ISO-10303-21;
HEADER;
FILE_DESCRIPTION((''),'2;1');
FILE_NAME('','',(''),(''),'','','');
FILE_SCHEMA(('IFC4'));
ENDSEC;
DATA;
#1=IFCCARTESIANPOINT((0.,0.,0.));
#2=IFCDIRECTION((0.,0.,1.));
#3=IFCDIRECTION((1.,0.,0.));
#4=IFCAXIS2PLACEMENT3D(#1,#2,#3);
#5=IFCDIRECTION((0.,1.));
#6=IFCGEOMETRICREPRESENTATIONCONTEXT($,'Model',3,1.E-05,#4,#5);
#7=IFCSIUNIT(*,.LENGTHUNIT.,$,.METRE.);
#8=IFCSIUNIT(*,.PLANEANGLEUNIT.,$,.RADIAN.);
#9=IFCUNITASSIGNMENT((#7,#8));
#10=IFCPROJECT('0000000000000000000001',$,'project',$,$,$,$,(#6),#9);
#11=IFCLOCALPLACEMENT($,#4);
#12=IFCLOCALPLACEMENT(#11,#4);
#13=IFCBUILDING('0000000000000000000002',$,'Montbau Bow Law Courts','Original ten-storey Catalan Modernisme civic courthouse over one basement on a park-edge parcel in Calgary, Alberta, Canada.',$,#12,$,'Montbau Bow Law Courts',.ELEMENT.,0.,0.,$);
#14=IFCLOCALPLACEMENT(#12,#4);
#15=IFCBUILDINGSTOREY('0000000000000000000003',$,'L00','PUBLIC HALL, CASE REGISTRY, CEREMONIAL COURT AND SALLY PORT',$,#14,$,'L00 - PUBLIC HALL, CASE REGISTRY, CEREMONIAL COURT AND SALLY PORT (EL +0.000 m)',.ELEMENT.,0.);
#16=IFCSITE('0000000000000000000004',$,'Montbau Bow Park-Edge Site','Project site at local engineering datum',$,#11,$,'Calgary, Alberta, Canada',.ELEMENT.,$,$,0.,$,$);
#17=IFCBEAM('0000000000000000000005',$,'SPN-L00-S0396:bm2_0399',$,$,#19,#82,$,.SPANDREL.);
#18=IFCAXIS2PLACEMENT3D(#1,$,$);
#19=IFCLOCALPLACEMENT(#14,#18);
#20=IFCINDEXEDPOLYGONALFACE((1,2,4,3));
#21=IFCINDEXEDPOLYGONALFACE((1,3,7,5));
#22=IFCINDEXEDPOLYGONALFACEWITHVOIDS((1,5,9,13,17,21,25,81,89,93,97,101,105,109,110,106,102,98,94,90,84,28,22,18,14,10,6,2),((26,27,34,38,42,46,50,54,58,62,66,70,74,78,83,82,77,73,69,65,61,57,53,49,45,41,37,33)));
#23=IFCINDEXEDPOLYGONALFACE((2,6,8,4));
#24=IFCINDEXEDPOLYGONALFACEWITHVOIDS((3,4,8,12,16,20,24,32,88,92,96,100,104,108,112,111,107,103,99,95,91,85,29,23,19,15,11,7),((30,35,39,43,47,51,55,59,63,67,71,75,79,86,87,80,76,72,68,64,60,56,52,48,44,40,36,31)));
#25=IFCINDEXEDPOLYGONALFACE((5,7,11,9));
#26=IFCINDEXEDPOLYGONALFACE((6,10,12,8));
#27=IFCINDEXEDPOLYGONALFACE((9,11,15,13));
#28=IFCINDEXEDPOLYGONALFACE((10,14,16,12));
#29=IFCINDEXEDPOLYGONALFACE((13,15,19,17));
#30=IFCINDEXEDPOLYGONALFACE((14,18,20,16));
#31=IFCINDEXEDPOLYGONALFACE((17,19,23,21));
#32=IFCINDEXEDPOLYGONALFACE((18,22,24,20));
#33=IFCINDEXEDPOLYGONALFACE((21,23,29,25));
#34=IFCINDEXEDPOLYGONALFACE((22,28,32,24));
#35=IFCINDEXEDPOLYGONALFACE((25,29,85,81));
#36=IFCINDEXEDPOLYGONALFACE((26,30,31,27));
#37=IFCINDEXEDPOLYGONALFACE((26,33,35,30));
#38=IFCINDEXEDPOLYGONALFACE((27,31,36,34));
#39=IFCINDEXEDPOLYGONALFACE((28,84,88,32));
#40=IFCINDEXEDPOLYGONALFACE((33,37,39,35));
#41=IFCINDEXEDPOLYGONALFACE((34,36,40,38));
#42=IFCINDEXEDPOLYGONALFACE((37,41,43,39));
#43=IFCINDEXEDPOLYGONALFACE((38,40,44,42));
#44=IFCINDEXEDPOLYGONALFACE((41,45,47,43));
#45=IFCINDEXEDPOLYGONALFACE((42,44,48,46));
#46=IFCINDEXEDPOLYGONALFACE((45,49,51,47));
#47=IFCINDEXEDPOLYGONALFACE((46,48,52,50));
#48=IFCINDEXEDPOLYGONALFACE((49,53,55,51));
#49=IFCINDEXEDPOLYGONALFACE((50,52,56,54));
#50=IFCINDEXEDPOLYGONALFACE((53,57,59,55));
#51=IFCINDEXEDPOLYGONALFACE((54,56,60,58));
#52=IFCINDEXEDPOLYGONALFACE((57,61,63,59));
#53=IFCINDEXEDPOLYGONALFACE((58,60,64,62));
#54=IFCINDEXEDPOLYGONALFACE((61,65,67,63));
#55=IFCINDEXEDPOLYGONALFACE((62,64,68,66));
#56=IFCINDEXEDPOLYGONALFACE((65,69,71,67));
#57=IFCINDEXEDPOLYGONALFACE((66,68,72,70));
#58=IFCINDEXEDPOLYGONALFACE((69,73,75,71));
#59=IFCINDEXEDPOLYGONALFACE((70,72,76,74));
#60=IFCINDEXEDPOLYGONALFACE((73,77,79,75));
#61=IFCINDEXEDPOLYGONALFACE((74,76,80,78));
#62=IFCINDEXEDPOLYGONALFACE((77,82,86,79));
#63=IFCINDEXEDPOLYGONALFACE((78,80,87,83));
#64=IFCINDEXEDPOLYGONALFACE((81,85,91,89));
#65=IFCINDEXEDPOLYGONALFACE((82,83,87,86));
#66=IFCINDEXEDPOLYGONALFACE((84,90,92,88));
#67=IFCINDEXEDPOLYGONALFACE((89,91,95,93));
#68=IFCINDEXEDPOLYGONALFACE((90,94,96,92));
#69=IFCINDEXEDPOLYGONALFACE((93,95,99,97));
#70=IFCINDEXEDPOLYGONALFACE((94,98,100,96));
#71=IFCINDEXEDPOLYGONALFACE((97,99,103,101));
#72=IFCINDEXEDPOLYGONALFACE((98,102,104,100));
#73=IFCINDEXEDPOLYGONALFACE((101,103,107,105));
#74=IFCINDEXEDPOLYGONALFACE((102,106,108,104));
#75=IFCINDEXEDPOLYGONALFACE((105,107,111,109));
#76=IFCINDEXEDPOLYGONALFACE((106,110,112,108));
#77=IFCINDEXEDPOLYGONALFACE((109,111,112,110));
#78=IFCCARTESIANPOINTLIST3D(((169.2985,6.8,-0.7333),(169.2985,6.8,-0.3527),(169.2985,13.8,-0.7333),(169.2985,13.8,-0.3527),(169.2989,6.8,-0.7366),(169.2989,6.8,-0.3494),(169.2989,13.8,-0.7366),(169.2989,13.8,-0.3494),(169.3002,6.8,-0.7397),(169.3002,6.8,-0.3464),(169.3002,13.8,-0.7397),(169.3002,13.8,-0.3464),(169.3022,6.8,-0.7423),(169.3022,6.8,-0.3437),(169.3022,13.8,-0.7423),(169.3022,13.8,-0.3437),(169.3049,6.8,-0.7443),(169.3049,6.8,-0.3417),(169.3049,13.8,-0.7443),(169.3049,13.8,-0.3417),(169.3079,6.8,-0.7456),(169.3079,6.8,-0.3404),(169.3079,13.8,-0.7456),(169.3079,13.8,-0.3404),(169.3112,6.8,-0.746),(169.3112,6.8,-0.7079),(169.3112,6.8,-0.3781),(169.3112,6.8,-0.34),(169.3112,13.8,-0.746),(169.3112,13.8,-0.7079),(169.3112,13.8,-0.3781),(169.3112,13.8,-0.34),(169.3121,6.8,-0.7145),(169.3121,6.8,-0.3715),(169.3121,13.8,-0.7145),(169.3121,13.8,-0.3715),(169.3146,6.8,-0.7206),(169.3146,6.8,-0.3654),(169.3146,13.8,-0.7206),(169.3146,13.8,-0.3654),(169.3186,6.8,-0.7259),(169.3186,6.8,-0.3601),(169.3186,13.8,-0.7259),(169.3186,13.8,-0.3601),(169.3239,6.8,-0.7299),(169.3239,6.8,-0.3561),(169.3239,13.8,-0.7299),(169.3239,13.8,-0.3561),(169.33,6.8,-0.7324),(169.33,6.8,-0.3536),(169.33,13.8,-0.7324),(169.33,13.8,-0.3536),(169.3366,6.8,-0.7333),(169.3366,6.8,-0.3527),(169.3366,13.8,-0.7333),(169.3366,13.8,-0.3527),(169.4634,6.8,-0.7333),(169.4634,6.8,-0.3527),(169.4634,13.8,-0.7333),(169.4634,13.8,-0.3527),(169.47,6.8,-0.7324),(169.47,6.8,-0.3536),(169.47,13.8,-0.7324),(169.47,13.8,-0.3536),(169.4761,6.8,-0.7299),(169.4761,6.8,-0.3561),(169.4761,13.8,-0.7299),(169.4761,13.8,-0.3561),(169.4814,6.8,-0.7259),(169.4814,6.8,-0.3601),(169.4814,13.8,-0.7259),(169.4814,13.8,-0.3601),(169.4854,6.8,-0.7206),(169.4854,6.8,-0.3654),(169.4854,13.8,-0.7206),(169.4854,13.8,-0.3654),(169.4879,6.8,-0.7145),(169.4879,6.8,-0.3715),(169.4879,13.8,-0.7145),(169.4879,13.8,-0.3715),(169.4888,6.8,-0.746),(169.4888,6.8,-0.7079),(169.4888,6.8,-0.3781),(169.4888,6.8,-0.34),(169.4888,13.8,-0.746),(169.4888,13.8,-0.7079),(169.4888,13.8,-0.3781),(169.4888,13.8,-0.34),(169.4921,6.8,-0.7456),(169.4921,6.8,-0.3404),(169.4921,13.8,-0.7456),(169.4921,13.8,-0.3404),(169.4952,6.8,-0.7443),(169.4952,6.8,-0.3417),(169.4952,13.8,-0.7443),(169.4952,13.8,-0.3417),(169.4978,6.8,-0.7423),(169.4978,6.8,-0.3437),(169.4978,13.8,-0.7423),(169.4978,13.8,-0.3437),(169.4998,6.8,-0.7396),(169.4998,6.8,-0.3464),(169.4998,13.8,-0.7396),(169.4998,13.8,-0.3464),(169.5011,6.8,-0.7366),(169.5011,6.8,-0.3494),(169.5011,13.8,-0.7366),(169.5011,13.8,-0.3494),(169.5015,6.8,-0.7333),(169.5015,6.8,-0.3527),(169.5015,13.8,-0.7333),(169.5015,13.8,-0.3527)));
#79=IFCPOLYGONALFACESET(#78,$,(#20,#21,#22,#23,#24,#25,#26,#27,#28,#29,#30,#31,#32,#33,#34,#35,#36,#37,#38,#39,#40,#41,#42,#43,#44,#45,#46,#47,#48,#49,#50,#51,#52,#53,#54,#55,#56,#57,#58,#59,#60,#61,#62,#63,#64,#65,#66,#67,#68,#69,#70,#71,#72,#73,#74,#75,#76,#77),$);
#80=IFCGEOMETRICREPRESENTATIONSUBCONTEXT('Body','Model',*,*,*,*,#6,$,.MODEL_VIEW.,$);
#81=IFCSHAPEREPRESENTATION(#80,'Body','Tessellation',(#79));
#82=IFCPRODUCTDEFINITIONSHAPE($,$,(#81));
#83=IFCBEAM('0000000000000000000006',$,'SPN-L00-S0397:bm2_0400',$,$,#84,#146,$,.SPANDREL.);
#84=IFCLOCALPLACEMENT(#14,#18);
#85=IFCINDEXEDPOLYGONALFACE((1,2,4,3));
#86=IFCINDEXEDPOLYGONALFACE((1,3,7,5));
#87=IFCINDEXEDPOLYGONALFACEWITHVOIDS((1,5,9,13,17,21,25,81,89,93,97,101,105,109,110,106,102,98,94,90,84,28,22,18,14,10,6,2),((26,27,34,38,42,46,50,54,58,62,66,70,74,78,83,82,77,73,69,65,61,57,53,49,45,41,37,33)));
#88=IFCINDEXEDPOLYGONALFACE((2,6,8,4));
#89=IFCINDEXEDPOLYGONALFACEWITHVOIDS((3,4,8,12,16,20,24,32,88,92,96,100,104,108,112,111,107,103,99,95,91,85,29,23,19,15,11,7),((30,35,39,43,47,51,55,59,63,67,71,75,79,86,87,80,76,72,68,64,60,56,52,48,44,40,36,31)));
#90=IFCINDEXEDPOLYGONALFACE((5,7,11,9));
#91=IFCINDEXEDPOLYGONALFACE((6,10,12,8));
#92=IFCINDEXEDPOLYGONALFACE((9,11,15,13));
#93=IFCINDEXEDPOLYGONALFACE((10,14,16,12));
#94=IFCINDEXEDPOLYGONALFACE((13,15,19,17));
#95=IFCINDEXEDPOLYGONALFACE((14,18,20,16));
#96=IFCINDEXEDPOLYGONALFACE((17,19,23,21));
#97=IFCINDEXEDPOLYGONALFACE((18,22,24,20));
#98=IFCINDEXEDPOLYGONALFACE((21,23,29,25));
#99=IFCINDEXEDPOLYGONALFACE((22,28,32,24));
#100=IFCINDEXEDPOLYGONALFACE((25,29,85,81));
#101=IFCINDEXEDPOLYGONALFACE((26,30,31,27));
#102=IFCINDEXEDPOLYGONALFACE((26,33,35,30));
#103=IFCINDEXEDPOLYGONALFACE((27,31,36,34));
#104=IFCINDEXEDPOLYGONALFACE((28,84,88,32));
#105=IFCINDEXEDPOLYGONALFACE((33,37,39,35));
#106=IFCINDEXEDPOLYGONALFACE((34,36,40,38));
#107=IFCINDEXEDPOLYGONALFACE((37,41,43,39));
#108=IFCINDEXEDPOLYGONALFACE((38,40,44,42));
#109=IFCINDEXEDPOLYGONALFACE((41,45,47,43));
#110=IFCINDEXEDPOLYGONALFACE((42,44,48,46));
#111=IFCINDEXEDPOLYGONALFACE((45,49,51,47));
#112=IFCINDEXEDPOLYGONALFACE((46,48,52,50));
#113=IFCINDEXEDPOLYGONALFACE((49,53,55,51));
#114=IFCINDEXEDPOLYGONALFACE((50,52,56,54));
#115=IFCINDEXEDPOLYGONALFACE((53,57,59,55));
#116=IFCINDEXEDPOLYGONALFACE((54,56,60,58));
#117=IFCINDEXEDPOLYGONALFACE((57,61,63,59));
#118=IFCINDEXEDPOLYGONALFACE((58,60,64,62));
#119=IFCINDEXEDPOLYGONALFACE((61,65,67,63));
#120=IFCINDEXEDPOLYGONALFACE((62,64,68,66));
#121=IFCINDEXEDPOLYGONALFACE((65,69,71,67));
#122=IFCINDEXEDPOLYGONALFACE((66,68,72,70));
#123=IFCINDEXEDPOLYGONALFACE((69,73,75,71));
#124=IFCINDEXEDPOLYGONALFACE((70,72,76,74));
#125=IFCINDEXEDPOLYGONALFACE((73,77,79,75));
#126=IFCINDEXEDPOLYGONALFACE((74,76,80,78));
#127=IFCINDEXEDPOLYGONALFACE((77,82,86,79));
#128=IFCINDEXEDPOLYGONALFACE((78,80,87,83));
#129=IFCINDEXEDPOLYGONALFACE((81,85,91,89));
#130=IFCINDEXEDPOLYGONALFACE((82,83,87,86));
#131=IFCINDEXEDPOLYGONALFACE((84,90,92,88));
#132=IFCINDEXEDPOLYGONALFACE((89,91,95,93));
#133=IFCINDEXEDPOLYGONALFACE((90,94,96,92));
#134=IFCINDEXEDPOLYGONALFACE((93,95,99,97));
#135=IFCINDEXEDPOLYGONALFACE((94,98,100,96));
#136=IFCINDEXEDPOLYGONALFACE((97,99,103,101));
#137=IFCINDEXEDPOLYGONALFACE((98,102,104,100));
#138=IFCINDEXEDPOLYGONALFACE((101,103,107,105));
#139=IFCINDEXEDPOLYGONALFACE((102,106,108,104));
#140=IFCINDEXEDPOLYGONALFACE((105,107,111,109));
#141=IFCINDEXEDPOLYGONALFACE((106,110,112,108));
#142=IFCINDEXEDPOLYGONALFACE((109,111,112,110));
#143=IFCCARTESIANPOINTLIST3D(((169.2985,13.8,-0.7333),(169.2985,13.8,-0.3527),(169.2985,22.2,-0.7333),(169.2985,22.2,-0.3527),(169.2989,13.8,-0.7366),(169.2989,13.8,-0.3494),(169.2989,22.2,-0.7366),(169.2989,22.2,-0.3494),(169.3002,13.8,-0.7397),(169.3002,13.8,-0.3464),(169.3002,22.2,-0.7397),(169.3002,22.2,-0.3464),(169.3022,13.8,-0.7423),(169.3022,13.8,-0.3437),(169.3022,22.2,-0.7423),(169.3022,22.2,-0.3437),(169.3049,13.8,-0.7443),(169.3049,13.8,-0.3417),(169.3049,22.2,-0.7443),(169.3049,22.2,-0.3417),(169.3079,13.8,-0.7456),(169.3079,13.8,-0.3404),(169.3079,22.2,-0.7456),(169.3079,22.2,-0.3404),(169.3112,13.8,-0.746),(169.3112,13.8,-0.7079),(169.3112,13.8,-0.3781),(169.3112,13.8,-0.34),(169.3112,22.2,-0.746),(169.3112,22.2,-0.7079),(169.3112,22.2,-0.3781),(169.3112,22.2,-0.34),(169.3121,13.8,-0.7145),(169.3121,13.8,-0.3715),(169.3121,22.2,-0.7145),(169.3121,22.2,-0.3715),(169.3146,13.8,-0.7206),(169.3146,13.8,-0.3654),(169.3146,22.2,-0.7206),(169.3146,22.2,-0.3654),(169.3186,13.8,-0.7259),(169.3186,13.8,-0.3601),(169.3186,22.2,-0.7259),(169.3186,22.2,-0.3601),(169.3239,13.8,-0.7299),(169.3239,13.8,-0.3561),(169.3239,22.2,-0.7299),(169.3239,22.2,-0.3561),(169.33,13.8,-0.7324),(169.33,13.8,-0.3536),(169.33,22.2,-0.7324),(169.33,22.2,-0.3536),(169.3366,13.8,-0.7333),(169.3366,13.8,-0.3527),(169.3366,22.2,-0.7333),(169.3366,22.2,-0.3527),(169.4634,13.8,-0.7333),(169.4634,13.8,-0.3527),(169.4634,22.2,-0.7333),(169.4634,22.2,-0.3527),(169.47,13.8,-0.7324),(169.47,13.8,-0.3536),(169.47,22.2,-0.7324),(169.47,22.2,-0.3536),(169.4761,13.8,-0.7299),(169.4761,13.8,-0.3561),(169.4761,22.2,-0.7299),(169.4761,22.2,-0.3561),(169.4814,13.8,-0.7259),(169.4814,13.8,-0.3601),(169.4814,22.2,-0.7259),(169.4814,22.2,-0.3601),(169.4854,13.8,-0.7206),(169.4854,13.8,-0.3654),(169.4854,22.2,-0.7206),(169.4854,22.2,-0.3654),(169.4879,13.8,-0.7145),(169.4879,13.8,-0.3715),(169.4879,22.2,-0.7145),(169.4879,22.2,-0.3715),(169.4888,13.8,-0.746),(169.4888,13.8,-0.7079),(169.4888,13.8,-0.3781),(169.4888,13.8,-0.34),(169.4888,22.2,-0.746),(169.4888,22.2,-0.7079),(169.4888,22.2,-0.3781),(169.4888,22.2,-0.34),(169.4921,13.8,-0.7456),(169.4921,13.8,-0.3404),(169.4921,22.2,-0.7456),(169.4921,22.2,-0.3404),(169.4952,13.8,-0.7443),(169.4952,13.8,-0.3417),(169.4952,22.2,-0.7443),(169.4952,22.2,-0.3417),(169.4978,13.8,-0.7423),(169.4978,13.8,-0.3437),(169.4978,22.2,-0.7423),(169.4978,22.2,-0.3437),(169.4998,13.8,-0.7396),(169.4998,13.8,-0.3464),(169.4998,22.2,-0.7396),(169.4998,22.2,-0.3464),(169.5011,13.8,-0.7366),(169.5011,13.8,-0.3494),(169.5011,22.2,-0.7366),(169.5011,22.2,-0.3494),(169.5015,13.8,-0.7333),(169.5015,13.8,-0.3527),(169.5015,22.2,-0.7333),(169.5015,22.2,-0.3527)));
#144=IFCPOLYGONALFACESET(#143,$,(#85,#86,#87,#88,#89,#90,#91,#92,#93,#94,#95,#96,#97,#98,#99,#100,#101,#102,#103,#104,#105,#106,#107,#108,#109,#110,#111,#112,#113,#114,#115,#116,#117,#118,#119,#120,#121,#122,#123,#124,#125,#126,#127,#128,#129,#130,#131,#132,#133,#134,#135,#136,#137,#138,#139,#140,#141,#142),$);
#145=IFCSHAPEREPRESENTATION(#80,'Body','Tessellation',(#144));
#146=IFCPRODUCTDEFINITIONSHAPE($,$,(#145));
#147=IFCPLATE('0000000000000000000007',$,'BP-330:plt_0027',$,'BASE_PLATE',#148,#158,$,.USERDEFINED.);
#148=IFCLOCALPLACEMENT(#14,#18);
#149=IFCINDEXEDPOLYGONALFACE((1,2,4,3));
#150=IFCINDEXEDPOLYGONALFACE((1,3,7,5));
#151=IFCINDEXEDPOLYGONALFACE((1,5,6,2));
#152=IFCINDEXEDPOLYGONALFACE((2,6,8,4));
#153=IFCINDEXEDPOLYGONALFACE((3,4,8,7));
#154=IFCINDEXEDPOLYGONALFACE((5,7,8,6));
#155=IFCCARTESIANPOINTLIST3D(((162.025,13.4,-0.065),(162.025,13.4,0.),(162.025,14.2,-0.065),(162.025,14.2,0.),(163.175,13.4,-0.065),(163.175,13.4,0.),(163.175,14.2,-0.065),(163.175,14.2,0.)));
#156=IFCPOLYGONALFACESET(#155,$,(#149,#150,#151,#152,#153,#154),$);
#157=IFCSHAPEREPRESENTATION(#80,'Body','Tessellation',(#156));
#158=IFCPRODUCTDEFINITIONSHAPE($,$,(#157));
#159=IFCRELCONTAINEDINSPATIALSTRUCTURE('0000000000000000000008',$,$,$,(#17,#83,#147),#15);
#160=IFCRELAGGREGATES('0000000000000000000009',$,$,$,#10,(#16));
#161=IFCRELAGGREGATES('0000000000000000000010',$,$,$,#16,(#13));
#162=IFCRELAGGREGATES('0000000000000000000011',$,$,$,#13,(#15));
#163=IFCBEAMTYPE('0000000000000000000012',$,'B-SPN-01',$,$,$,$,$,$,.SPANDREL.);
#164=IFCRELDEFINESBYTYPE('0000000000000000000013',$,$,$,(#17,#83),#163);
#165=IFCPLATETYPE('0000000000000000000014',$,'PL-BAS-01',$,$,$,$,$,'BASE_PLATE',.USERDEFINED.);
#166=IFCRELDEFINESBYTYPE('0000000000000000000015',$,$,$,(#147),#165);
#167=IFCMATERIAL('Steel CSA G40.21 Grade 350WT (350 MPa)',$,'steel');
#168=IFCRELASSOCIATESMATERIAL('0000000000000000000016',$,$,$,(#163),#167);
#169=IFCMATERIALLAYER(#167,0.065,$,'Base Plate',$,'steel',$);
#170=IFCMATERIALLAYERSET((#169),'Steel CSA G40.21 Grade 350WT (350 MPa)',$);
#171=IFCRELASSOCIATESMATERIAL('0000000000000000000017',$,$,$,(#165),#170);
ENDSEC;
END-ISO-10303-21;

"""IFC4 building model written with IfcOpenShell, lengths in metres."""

from ifc_helpers import new_model, si_unit, direction, frame, origin_with_axes, origin_2d_with_axis, place, context, subcontext, project, spatial, rectangle, hollow_rectangle, extrude, material, layer, layer_set, material_profile, profile_set, type_object, element, save


model = new_model("IFC4")

# Units and contexts
model_context = context("Model", 3, precision=1e-05, world=origin_with_axes(), true_north=direction((0.0, 1.0)))
body_context = subcontext(model_context, "Body", "Model", "MODEL_VIEW")
ifc_project = project(units=[si_unit("LENGTHUNIT", "METRE"), si_unit("PLANEANGLEUNIT", "RADIAN")], contexts=[model_context])

# Site, building, storey
site_placement = place(None, origin_with_axes())
site = spatial("IfcSite", under=ifc_project, at=site_placement, Name="Montbau Bow Park-Edge Site", Description="Project site at local engineering datum", LongName="Calgary, Alberta, Canada", CompositionType="ELEMENT", RefElevation=0.0)
building_placement = place(site_placement, origin_with_axes())
building = spatial("IfcBuilding", under=site, at=building_placement, Name="Montbau Bow Law Courts", Description="Original ten-storey Catalan Modernisme civic courthouse over one basement on a park-edge parcel in Calgary, Alberta, Canada.", LongName="Montbau Bow Law Courts", CompositionType="ELEMENT", ElevationOfRefHeight=0.0, ElevationOfTerrain=0.0)
storey_placement = place(building_placement, origin_with_axes())
storey = spatial("IfcBuildingStorey", under=building, at=storey_placement, Name="L00", Description="PUBLIC HALL, CASE REGISTRY, CEREMONIAL COURT AND SALLY PORT", LongName="L00 - PUBLIC HALL, CASE REGISTRY, CEREMONIAL COURT AND SALLY PORT (EL +0.000 m)", CompositionType="ELEMENT", Elevation=0.0)

# Beams
ifc_material_1 = material(Name="Steel CSA G40.21 Grade 350WT (350 MPa)", Category="steel")
ifc_material_profile_1 = material_profile(ifc_material_1, hollow_rectangle(XDim=0.203, YDim=0.406, WallThickness=0.0127, InnerFilletRadius=0.0254, OuterFilletRadius=0.0127, at=origin_2d_with_axis()), Name="HSS406X203X13", Category="Main", Priority=0)
ifc_profile_set_1 = profile_set([ifc_material_profile_1], Name="Steel CSA G40.21 Grade 350WT (350 MPa)")
beam_type_1 = type_object("IfcBeamType", Name="B-SPN-01", PredefinedType="SPANDREL", material=ifc_profile_set_1)
beam_1_placement = place(None, frame((169.4, 6.8, -0.543), z_axis=(0.0, 1.0, 0.0), x_axis=(-1.0, 0.0, 0.0)))
element("IfcBeam", 1, at=beam_1_placement, inside=storey, type_object=beam_type_1, Name="SPN-L00-S0396:bm2_0399", PredefinedType="SPANDREL", context=body_context, shape_type="SweptSolid", body=[
    extrude(hollow_rectangle(XDim=0.203, YDim=0.406, WallThickness=0.0127, InnerFilletRadius=0.0254, OuterFilletRadius=0.0127, at=origin_2d_with_axis()), origin_with_axes(), (0.0, 0.0, 1.0), 7.0),
])
beam_2_placement = place(None, frame((169.4, 13.8, -0.543), z_axis=(0.0, 1.0, 0.0), x_axis=(-1.0, 0.0, 0.0)))
element("IfcBeam", 2, at=beam_2_placement, inside=storey, type_object=beam_type_1, Name="SPN-L00-S0397:bm2_0400", PredefinedType="SPANDREL", context=body_context, shape_type="SweptSolid", body=[
    extrude(hollow_rectangle(XDim=0.203, YDim=0.406, WallThickness=0.0127, InnerFilletRadius=0.0254, OuterFilletRadius=0.0127, at=origin_2d_with_axis()), origin_with_axes(), (0.0, 0.0, 1.0), 8.4),
])

# Plate
ifc_layer_1 = layer(ifc_material_1, 0.065, Name="Base Plate", Category="steel")
ifc_layer_set_1 = layer_set([ifc_layer_1], Name="Steel CSA G40.21 Grade 350WT (350 MPa)")
plate_type = type_object("IfcPlateType", Name="PL-BAS-01", ElementType="BASE_PLATE", PredefinedType="USERDEFINED", material=ifc_layer_set_1)
plate_placement = place(None, frame((162.6, 13.8, -0.065), z_axis=(0.0, 0.0, 1.0), x_axis=(1.0, 0.0, 0.0)))
element("IfcPlate", 3, at=plate_placement, inside=storey, type_object=plate_type, Name="BP-330:plt_0027", ObjectType="BASE_PLATE", PredefinedType="USERDEFINED", context=body_context, shape_type="SweptSolid", body=[
    extrude(rectangle(XDim=1.15, YDim=0.8, at=origin_2d_with_axis()), origin_with_axes(), (0.0, 0.0, 1.0), 0.065),
])

save(model, "model.ifc")
